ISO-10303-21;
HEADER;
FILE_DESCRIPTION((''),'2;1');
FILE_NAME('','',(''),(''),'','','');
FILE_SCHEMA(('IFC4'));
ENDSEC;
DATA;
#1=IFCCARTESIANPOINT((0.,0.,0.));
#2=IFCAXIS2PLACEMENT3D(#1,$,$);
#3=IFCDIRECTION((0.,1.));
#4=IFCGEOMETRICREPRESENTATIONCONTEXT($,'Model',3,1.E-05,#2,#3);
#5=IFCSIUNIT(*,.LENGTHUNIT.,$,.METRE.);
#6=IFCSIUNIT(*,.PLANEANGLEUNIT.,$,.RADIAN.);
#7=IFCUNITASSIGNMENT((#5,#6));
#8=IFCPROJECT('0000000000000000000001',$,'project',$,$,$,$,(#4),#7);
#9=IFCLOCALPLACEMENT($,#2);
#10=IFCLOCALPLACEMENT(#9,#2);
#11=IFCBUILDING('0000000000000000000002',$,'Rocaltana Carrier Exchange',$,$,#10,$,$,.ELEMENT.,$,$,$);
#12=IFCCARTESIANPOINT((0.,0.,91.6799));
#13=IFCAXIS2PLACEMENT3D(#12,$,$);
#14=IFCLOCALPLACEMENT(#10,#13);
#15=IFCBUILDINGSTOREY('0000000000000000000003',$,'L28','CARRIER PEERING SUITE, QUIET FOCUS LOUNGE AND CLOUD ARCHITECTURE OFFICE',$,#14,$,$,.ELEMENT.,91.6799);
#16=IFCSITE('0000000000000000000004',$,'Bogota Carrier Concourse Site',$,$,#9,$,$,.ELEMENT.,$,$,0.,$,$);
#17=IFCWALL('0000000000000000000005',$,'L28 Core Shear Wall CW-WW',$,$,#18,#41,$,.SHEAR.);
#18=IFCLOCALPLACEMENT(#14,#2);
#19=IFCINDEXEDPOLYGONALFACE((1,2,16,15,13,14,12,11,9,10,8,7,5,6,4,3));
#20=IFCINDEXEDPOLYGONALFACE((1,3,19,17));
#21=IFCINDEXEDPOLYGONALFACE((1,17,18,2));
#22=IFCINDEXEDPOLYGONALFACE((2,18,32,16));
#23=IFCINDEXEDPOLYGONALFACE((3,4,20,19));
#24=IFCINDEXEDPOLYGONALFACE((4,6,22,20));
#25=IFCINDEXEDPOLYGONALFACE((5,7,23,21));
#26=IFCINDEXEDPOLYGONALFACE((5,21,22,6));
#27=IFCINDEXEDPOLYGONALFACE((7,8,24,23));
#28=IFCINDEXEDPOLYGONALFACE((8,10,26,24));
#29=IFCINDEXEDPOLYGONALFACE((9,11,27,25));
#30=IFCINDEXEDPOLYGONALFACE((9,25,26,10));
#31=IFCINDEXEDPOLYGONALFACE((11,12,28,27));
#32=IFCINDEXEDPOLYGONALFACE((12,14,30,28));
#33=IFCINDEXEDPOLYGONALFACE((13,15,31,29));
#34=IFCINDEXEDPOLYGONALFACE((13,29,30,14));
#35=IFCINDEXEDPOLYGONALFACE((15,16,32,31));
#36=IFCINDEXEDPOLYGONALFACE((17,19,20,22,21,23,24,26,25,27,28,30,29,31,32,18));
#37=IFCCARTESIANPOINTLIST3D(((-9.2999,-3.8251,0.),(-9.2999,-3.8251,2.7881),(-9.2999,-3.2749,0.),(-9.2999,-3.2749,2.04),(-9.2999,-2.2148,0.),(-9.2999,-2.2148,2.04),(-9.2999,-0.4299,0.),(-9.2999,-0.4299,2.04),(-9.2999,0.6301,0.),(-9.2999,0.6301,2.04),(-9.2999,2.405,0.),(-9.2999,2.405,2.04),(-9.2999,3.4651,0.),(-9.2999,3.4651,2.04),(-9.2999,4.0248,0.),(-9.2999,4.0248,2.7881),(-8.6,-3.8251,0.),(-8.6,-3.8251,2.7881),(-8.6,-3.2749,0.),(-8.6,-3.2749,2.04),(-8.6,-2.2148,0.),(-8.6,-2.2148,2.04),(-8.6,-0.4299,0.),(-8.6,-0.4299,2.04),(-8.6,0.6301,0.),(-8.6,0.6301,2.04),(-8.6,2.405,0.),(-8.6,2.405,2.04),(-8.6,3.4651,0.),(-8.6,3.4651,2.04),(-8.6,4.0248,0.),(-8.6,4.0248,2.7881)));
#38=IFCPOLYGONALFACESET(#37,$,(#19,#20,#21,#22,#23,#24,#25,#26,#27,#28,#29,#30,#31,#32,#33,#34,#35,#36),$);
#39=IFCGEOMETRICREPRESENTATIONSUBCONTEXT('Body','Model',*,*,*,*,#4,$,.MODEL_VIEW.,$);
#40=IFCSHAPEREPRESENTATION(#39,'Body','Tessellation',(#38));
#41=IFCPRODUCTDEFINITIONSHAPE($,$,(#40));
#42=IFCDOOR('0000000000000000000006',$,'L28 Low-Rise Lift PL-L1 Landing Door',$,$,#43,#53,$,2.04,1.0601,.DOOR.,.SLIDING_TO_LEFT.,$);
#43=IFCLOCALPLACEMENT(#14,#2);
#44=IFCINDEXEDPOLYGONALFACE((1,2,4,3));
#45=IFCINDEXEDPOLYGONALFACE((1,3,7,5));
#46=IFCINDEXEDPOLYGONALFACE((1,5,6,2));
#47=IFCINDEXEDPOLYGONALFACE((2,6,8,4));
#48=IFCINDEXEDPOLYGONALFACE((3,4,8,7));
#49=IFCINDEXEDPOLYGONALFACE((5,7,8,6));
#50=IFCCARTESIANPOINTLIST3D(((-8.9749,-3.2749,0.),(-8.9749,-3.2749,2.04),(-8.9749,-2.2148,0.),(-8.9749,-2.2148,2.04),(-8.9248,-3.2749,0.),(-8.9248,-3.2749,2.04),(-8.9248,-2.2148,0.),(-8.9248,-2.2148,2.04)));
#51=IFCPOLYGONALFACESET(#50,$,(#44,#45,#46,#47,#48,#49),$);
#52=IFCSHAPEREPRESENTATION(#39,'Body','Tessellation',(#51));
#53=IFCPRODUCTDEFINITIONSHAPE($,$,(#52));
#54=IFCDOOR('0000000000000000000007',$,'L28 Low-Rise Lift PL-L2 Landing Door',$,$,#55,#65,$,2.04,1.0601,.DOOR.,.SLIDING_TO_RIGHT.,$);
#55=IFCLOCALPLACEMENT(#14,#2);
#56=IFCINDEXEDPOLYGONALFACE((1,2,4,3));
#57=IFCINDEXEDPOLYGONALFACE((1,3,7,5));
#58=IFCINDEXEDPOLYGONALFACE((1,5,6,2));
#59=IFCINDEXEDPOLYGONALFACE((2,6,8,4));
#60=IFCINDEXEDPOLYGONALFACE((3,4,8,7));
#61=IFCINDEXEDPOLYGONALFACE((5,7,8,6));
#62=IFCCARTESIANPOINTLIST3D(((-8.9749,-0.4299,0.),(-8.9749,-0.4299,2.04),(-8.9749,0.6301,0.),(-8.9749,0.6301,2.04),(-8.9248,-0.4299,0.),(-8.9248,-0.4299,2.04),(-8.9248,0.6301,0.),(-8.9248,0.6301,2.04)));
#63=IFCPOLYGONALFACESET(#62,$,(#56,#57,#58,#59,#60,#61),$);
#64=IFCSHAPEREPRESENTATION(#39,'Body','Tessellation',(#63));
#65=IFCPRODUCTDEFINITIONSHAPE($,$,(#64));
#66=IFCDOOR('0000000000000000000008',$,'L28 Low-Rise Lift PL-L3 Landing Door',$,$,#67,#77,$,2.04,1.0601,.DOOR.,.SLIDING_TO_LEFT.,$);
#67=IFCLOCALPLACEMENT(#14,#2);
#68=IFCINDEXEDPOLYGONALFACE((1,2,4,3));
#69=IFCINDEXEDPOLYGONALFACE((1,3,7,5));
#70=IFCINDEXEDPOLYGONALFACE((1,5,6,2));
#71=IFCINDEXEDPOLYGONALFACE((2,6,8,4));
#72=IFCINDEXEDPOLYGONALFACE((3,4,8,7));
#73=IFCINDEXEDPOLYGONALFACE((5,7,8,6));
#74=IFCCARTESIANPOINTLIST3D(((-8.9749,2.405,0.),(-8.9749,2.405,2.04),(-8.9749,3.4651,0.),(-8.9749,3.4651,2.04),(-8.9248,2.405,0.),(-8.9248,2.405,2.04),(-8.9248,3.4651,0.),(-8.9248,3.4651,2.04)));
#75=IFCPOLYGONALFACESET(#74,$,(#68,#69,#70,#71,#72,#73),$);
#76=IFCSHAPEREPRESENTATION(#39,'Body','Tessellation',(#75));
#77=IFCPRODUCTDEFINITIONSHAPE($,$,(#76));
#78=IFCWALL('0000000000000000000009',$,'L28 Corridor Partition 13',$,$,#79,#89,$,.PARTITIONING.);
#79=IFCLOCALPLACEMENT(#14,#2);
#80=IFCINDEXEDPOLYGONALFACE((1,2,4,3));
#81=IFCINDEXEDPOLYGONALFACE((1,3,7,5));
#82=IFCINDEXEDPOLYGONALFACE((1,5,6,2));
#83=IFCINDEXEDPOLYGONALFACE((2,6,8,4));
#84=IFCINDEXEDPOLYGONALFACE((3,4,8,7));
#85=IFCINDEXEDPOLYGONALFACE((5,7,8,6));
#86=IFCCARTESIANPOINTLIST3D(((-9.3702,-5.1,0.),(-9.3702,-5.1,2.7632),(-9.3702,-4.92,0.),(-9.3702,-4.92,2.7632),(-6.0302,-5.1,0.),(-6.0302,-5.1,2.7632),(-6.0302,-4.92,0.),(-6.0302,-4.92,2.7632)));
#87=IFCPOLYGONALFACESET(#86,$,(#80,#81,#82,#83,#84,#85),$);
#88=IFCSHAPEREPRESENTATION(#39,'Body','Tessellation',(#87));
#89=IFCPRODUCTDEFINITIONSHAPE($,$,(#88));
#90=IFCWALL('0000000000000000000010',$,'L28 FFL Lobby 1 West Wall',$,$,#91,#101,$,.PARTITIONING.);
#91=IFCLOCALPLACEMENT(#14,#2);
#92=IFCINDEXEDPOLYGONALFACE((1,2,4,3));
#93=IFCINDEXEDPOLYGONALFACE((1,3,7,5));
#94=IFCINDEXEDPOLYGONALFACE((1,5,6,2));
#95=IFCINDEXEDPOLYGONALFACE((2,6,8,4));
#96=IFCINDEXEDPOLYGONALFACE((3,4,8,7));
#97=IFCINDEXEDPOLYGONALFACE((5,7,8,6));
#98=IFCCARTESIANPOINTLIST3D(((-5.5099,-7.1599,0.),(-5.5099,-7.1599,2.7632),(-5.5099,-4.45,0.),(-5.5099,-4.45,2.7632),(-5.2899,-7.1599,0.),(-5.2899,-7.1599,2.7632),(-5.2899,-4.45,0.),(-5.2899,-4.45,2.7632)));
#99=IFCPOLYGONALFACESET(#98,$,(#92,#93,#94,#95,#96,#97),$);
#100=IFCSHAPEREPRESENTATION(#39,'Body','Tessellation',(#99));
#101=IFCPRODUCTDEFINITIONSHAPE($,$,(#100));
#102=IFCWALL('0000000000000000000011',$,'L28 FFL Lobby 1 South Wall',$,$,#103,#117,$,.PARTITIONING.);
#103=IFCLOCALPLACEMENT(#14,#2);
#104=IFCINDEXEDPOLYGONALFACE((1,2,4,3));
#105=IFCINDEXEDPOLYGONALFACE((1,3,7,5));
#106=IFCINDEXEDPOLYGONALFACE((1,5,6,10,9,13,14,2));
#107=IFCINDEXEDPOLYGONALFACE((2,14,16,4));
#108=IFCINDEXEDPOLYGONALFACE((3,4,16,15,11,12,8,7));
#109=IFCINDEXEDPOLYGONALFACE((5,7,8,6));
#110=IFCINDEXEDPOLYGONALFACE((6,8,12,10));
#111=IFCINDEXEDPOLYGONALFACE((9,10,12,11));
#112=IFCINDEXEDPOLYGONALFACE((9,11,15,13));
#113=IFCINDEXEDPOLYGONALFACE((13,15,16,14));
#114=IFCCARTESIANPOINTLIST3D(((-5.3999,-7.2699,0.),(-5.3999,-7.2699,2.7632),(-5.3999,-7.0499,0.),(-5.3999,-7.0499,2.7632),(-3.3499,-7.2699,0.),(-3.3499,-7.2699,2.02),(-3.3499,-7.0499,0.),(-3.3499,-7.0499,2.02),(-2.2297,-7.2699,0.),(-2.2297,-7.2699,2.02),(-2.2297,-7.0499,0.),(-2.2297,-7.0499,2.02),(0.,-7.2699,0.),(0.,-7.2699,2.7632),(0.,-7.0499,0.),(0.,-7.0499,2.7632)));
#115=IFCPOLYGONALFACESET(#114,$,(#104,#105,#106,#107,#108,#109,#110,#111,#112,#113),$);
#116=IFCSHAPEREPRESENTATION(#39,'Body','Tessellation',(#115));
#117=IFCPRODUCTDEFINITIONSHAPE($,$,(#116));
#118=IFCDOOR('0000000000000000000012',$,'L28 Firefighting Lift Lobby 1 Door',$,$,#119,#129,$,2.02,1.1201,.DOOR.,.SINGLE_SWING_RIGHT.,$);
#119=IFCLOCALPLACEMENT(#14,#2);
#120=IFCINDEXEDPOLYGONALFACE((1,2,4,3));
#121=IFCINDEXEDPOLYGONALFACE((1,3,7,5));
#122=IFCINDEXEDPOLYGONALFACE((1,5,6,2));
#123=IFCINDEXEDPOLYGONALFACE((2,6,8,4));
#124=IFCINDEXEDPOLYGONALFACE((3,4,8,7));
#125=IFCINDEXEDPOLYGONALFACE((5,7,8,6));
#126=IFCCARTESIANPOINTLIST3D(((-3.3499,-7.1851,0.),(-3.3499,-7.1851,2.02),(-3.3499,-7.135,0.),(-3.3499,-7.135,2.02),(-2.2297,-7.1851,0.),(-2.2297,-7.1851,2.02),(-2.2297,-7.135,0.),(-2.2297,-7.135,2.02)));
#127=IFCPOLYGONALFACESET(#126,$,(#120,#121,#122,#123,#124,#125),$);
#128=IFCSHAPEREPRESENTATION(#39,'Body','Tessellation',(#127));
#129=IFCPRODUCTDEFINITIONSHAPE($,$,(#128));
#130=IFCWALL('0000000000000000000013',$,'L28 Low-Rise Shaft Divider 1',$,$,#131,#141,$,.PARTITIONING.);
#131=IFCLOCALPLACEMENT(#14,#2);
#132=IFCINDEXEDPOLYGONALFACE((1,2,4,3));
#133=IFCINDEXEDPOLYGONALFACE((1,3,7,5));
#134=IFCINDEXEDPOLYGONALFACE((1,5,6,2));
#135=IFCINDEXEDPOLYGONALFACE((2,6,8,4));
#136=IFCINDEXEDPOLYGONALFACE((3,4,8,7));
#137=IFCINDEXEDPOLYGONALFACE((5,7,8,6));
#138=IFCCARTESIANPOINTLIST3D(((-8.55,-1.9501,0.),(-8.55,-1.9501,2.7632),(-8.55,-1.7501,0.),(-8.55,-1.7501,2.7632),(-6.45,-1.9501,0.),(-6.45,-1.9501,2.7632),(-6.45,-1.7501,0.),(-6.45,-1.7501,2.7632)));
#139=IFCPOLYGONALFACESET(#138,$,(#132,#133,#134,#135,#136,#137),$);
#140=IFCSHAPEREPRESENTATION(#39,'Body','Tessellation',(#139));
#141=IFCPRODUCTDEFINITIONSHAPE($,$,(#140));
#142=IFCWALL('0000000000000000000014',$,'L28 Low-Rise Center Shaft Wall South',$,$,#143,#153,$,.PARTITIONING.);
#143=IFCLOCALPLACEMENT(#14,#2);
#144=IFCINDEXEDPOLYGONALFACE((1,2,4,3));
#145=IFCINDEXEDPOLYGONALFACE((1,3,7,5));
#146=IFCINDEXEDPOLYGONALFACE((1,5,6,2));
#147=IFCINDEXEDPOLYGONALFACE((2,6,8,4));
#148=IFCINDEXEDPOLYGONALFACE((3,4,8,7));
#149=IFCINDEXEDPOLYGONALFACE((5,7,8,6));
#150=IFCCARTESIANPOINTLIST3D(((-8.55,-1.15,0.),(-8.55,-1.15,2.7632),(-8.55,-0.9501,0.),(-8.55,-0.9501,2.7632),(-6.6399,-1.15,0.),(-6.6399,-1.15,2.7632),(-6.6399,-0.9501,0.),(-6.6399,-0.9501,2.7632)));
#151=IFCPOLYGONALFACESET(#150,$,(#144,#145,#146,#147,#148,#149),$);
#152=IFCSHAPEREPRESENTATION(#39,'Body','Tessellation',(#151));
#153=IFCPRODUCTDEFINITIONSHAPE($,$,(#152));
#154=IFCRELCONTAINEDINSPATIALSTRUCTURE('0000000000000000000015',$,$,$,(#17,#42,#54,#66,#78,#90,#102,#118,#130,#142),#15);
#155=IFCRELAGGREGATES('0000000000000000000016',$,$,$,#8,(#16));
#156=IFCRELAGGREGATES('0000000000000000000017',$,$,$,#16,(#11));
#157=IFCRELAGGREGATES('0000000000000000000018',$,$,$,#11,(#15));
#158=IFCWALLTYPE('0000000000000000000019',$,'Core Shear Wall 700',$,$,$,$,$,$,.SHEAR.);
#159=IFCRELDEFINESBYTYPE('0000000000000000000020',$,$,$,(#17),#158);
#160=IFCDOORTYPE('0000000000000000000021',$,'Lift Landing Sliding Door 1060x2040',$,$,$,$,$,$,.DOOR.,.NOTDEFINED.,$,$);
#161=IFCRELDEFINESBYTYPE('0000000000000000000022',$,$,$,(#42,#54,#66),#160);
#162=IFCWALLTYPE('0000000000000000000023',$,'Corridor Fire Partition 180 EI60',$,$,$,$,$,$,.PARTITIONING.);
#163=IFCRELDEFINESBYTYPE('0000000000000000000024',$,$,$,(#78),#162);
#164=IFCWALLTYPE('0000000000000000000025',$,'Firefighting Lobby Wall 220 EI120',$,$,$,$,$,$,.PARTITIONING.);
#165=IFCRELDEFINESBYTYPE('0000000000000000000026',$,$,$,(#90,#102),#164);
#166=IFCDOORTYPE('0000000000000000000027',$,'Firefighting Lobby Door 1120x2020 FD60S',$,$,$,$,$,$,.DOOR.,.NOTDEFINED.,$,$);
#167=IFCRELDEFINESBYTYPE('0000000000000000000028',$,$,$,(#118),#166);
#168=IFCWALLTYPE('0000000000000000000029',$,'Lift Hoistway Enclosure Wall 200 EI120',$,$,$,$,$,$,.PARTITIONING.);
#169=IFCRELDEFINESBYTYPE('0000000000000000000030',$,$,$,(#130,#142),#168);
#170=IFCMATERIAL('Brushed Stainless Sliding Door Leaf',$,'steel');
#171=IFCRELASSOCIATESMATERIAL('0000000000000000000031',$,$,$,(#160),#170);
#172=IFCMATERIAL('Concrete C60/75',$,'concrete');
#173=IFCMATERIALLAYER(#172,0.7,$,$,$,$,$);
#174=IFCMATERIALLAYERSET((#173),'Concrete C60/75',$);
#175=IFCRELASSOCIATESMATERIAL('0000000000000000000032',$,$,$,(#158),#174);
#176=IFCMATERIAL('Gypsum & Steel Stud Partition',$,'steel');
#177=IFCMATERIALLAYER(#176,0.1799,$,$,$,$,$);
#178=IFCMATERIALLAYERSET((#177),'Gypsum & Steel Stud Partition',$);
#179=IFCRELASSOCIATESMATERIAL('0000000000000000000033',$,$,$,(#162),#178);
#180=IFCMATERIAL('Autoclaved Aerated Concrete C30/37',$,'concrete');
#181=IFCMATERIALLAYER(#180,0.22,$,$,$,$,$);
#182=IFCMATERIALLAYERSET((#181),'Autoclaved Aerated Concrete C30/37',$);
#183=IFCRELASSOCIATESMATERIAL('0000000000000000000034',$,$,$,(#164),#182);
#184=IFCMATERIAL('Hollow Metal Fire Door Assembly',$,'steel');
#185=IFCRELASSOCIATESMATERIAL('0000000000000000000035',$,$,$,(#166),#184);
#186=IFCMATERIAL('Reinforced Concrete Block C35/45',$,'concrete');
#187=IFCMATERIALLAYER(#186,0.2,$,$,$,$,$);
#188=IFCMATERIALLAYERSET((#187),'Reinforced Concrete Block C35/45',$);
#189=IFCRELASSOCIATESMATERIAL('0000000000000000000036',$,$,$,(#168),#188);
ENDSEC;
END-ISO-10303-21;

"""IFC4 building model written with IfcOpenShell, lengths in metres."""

from ifc_helpers import new_model, si_unit, direction, frame, frame_2d, origin, place, context, subcontext, project, spatial, rectangle, extrude, material, layer, layer_set, type_object, element, fill, save


model = new_model("IFC4")

# Units and contexts
model_context = context("Model", 3, precision=1e-05, world=origin(), true_north=direction((0.0, 1.0)))
body_context = subcontext(model_context, "Body", "Model", "MODEL_VIEW")
ifc_project = project(units=[si_unit("LENGTHUNIT", "METRE"), si_unit("PLANEANGLEUNIT", "RADIAN")], contexts=[model_context])

# Site, building, storey
site_placement = place(None, origin())
site = spatial("IfcSite", under=ifc_project, at=site_placement, Name="Bogota Carrier Concourse Site", CompositionType="ELEMENT", RefElevation=0.0)
building_placement = place(site_placement, origin())
building = spatial("IfcBuilding", under=site, at=building_placement, Name="Rocaltana Carrier Exchange", CompositionType="ELEMENT")
storey_placement = place(building_placement, frame((0.0, 0.0, 91.6799)))
storey = spatial("IfcBuildingStorey", under=building, at=storey_placement, Name="L28", Description="CARRIER PEERING SUITE, QUIET FOCUS LOUNGE AND CLOUD ARCHITECTURE OFFICE", CompositionType="ELEMENT", Elevation=91.6799)

# Shared definitions
ifc_material_1 = material(Name="Brushed Stainless Sliding Door Leaf", Category="steel")
door_type_1 = type_object("IfcDoorType", Name="Lift Landing Sliding Door 1060x2040", OperationType="NOTDEFINED", PredefinedType="DOOR", material=ifc_material_1)

# Shared definitions
ifc_material_2 = material(Name="Concrete C60/75", Category="concrete")
ifc_layer_1 = layer(ifc_material_2, 0.7)
ifc_layer_set_1 = layer_set([ifc_layer_1], Name="Concrete C60/75")
wall_type_1 = type_object("IfcWallType", Name="Core Shear Wall 700", PredefinedType="SHEAR", material=ifc_layer_set_1)

# Wall, openings, doors
wall_1_placement = place(storey_placement, frame((-8.95, -3.825, 0.0), z_axis=(0.0, 0.0, 1.0), x_axis=(0.0, 1.0, 0.0)))
wall_1 = element("IfcWall", 1, at=wall_1_placement, inside=storey, type_object=wall_type_1, Name="L28 Core Shear Wall CW-WW", PredefinedType="SHEAR", context=body_context, shape_type="SweptSolid", body=[
    extrude(rectangle(XDim=7.8499, YDim=0.7, at=frame_2d((3.9248, 0.0))), origin(), (0.0, 0.0, 1.0), 2.7881),
])
opening_1_placement = place(wall_1_placement, frame((0.55, 0.0, 0.0)))
opening_1 = element("IfcOpeningElement", 2, at=opening_1_placement, cuts=wall_1, PredefinedType="OPENING", context=body_context, shape_type="SweptSolid", body=[
    extrude(rectangle(XDim=1.0601, YDim=2.04, at=frame_2d((0.53, 1.02))), frame((0.0, 0.3599, 0.0), z_axis=(0.0, -1.0, 0.0), x_axis=(1.0, 0.0, 0.0)), (0.0, 0.0, 1.0), 0.72),
])
opening_2_placement = place(wall_1_placement, frame((3.395, 0.0, 0.0)))
opening_2 = element("IfcOpeningElement", 3, at=opening_2_placement, cuts=wall_1, PredefinedType="OPENING", context=body_context, shape_type="SweptSolid", body=[
    extrude(rectangle(XDim=1.0601, YDim=2.04, at=frame_2d((0.53, 1.02))), frame((0.0, 0.3599, 0.0), z_axis=(0.0, -1.0, 0.0), x_axis=(1.0, 0.0, 0.0)), (0.0, 0.0, 1.0), 0.72),
])
opening_3_placement = place(wall_1_placement, frame((6.23, 0.0, 0.0)))
opening_3 = element("IfcOpeningElement", 4, at=opening_3_placement, cuts=wall_1, PredefinedType="OPENING", context=body_context, shape_type="SweptSolid", body=[
    extrude(rectangle(XDim=1.0601, YDim=2.04, at=frame_2d((0.53, 1.02))), frame((0.0, 0.3599, 0.0), z_axis=(0.0, -1.0, 0.0), x_axis=(1.0, 0.0, 0.0)), (0.0, 0.0, 1.0), 0.72),
])
door_1_placement = place(opening_1_placement, origin())
door_1 = element("IfcDoor", 5, at=door_1_placement, inside=storey, type_object=door_type_1, Name="L28 Low-Rise Lift PL-L1 Landing Door", OperationType="SLIDING_TO_LEFT", OverallHeight=2.04, OverallWidth=1.0601, PredefinedType="DOOR", context=body_context, shape_type="SweptSolid", body=[
    extrude(rectangle(XDim=1.0601, YDim=2.04, at=frame_2d((0.53, 1.02))), frame((0.0, 0.0249, 0.0), z_axis=(0.0, -1.0, 0.0), x_axis=(1.0, 0.0, 0.0)), (0.0, 0.0, 1.0), 0.05),
])
fill(opening_1, door_1)
door_2_placement = place(opening_2_placement, origin())
door_2 = element("IfcDoor", 6, at=door_2_placement, inside=storey, type_object=door_type_1, Name="L28 Low-Rise Lift PL-L2 Landing Door", OperationType="SLIDING_TO_RIGHT", OverallHeight=2.04, OverallWidth=1.0601, PredefinedType="DOOR", context=body_context, shape_type="SweptSolid", body=[
    extrude(rectangle(XDim=1.0601, YDim=2.04, at=frame_2d((0.53, 1.02))), frame((0.0, 0.0249, 0.0), z_axis=(0.0, -1.0, 0.0), x_axis=(1.0, 0.0, 0.0)), (0.0, 0.0, 1.0), 0.05),
])
fill(opening_2, door_2)
door_3_placement = place(opening_3_placement, origin())
door_3 = element("IfcDoor", 7, at=door_3_placement, inside=storey, type_object=door_type_1, Name="L28 Low-Rise Lift PL-L3 Landing Door", OperationType="SLIDING_TO_LEFT", OverallHeight=2.04, OverallWidth=1.0601, PredefinedType="DOOR", context=body_context, shape_type="SweptSolid", body=[
    extrude(rectangle(XDim=1.0601, YDim=2.04, at=frame_2d((0.53, 1.02))), frame((0.0, 0.0249, 0.0), z_axis=(0.0, -1.0, 0.0), x_axis=(1.0, 0.0, 0.0)), (0.0, 0.0, 1.0), 0.05),
])
fill(opening_3, door_3)

# Walls
ifc_material_3 = material(Name="Gypsum & Steel Stud Partition", Category="steel")
ifc_layer_2 = layer(ifc_material_3, 0.1799)
ifc_layer_set_2 = layer_set([ifc_layer_2], Name="Gypsum & Steel Stud Partition")
wall_type_2 = type_object("IfcWallType", Name="Corridor Fire Partition 180 EI60", PredefinedType="PARTITIONING", material=ifc_layer_set_2)
wall_2_placement = place(storey_placement, frame((-9.3701, -5.01, 0.0), z_axis=(0.0, 0.0, 1.0), x_axis=(1.0, 0.0, 0.0)))
element("IfcWall", 8, at=wall_2_placement, inside=storey, type_object=wall_type_2, Name="L28 Corridor Partition 13", PredefinedType="PARTITIONING", context=body_context, shape_type="SweptSolid", body=[
    extrude(rectangle(XDim=3.3401, YDim=0.1799, at=frame_2d((1.6699, 0.0))), origin(), (0.0, 0.0, 1.0), 2.7632),
])
ifc_material_4 = material(Name="Autoclaved Aerated Concrete C30/37", Category="concrete")
ifc_layer_3 = layer(ifc_material_4, 0.22)
ifc_layer_set_3 = layer_set([ifc_layer_3], Name="Autoclaved Aerated Concrete C30/37")
wall_type_3 = type_object("IfcWallType", Name="Firefighting Lobby Wall 220 EI120", PredefinedType="PARTITIONING", material=ifc_layer_set_3)
wall_3_placement = place(storey_placement, frame((-5.3999, -7.1599, 0.0), z_axis=(0.0, 0.0, 1.0), x_axis=(0.0, 1.0, 0.0)))
element("IfcWall", 9, at=wall_3_placement, inside=storey, type_object=wall_type_3, Name="L28 FFL Lobby 1 West Wall", PredefinedType="PARTITIONING", context=body_context, shape_type="SweptSolid", body=[
    extrude(rectangle(XDim=2.71, YDim=0.22, at=frame_2d((1.355, 0.0))), origin(), (0.0, 0.0, 1.0), 2.7632),
])

# Wall, opening, door
wall_4_placement = place(storey_placement, frame((-5.3999, -7.1599, 0.0), z_axis=(0.0, 0.0, 1.0), x_axis=(1.0, 0.0, 0.0)))
wall_4 = element("IfcWall", 10, at=wall_4_placement, inside=storey, type_object=wall_type_3, Name="L28 FFL Lobby 1 South Wall", PredefinedType="PARTITIONING", context=body_context, shape_type="SweptSolid", body=[
    extrude(rectangle(XDim=5.3999, YDim=0.22, at=frame_2d((2.7, 0.0))), origin(), (0.0, 0.0, 1.0), 2.7632),
])
opening_4_placement = place(wall_4_placement, frame((2.05, 0.0, 0.0)))
opening_4 = element("IfcOpeningElement", 11, at=opening_4_placement, cuts=wall_4, PredefinedType="OPENING", context=body_context, shape_type="SweptSolid", body=[
    extrude(rectangle(XDim=1.1201, YDim=2.02, at=frame_2d((0.5601, 1.01))), frame((0.0, 0.1199, 0.0), z_axis=(0.0, -1.0, 0.0), x_axis=(1.0, 0.0, 0.0)), (0.0, 0.0, 1.0), 0.24),
])
ifc_material_5 = material(Name="Hollow Metal Fire Door Assembly", Category="steel")
door_type_2 = type_object("IfcDoorType", Name="Firefighting Lobby Door 1120x2020 FD60S", OperationType="NOTDEFINED", PredefinedType="DOOR", material=ifc_material_5)
door_4_placement = place(opening_4_placement, origin())
door_4 = element("IfcDoor", 12, at=door_4_placement, inside=storey, type_object=door_type_2, Name="L28 Firefighting Lift Lobby 1 Door", OperationType="SINGLE_SWING_RIGHT", OverallHeight=2.02, OverallWidth=1.1201, PredefinedType="DOOR", context=body_context, shape_type="SweptSolid", body=[
    extrude(rectangle(XDim=1.1201, YDim=2.02, at=frame_2d((0.5601, 1.01))), frame((0.0, 0.0249, 0.0), z_axis=(0.0, -1.0, 0.0), x_axis=(1.0, 0.0, 0.0)), (0.0, 0.0, 1.0), 0.05),
])
fill(opening_4, door_4)

# Walls
ifc_material_6 = material(Name="Reinforced Concrete Block C35/45", Category="concrete")
ifc_layer_4 = layer(ifc_material_6, 0.2)
ifc_layer_set_4 = layer_set([ifc_layer_4], Name="Reinforced Concrete Block C35/45")
wall_type_4 = type_object("IfcWallType", Name="Lift Hoistway Enclosure Wall 200 EI120", PredefinedType="PARTITIONING", material=ifc_layer_set_4)
wall_5_placement = place(storey_placement, frame((-8.55, -1.8501, 0.0), z_axis=(0.0, 0.0, 1.0), x_axis=(1.0, 0.0, 0.0)))
element("IfcWall", 13, at=wall_5_placement, inside=storey, type_object=wall_type_4, Name="L28 Low-Rise Shaft Divider 1", PredefinedType="PARTITIONING", context=body_context, shape_type="SweptSolid", body=[
    extrude(rectangle(XDim=2.1001, YDim=0.2, at=frame_2d((1.05, 0.0))), origin(), (0.0, 0.0, 1.0), 2.7632),
])
wall_6_placement = place(storey_placement, frame((-8.55, -1.05, 0.0), z_axis=(0.0, 0.0, 1.0), x_axis=(1.0, 0.0, 0.0)))
element("IfcWall", 14, at=wall_6_placement, inside=storey, type_object=wall_type_4, Name="L28 Low-Rise Center Shaft Wall South", PredefinedType="PARTITIONING", context=body_context, shape_type="SweptSolid", body=[
    extrude(rectangle(XDim=1.9102, YDim=0.2, at=frame_2d((0.9551, 0.0))), origin(), (0.0, 0.0, 1.0), 2.7632),
])

save(model, "model.ifc")
